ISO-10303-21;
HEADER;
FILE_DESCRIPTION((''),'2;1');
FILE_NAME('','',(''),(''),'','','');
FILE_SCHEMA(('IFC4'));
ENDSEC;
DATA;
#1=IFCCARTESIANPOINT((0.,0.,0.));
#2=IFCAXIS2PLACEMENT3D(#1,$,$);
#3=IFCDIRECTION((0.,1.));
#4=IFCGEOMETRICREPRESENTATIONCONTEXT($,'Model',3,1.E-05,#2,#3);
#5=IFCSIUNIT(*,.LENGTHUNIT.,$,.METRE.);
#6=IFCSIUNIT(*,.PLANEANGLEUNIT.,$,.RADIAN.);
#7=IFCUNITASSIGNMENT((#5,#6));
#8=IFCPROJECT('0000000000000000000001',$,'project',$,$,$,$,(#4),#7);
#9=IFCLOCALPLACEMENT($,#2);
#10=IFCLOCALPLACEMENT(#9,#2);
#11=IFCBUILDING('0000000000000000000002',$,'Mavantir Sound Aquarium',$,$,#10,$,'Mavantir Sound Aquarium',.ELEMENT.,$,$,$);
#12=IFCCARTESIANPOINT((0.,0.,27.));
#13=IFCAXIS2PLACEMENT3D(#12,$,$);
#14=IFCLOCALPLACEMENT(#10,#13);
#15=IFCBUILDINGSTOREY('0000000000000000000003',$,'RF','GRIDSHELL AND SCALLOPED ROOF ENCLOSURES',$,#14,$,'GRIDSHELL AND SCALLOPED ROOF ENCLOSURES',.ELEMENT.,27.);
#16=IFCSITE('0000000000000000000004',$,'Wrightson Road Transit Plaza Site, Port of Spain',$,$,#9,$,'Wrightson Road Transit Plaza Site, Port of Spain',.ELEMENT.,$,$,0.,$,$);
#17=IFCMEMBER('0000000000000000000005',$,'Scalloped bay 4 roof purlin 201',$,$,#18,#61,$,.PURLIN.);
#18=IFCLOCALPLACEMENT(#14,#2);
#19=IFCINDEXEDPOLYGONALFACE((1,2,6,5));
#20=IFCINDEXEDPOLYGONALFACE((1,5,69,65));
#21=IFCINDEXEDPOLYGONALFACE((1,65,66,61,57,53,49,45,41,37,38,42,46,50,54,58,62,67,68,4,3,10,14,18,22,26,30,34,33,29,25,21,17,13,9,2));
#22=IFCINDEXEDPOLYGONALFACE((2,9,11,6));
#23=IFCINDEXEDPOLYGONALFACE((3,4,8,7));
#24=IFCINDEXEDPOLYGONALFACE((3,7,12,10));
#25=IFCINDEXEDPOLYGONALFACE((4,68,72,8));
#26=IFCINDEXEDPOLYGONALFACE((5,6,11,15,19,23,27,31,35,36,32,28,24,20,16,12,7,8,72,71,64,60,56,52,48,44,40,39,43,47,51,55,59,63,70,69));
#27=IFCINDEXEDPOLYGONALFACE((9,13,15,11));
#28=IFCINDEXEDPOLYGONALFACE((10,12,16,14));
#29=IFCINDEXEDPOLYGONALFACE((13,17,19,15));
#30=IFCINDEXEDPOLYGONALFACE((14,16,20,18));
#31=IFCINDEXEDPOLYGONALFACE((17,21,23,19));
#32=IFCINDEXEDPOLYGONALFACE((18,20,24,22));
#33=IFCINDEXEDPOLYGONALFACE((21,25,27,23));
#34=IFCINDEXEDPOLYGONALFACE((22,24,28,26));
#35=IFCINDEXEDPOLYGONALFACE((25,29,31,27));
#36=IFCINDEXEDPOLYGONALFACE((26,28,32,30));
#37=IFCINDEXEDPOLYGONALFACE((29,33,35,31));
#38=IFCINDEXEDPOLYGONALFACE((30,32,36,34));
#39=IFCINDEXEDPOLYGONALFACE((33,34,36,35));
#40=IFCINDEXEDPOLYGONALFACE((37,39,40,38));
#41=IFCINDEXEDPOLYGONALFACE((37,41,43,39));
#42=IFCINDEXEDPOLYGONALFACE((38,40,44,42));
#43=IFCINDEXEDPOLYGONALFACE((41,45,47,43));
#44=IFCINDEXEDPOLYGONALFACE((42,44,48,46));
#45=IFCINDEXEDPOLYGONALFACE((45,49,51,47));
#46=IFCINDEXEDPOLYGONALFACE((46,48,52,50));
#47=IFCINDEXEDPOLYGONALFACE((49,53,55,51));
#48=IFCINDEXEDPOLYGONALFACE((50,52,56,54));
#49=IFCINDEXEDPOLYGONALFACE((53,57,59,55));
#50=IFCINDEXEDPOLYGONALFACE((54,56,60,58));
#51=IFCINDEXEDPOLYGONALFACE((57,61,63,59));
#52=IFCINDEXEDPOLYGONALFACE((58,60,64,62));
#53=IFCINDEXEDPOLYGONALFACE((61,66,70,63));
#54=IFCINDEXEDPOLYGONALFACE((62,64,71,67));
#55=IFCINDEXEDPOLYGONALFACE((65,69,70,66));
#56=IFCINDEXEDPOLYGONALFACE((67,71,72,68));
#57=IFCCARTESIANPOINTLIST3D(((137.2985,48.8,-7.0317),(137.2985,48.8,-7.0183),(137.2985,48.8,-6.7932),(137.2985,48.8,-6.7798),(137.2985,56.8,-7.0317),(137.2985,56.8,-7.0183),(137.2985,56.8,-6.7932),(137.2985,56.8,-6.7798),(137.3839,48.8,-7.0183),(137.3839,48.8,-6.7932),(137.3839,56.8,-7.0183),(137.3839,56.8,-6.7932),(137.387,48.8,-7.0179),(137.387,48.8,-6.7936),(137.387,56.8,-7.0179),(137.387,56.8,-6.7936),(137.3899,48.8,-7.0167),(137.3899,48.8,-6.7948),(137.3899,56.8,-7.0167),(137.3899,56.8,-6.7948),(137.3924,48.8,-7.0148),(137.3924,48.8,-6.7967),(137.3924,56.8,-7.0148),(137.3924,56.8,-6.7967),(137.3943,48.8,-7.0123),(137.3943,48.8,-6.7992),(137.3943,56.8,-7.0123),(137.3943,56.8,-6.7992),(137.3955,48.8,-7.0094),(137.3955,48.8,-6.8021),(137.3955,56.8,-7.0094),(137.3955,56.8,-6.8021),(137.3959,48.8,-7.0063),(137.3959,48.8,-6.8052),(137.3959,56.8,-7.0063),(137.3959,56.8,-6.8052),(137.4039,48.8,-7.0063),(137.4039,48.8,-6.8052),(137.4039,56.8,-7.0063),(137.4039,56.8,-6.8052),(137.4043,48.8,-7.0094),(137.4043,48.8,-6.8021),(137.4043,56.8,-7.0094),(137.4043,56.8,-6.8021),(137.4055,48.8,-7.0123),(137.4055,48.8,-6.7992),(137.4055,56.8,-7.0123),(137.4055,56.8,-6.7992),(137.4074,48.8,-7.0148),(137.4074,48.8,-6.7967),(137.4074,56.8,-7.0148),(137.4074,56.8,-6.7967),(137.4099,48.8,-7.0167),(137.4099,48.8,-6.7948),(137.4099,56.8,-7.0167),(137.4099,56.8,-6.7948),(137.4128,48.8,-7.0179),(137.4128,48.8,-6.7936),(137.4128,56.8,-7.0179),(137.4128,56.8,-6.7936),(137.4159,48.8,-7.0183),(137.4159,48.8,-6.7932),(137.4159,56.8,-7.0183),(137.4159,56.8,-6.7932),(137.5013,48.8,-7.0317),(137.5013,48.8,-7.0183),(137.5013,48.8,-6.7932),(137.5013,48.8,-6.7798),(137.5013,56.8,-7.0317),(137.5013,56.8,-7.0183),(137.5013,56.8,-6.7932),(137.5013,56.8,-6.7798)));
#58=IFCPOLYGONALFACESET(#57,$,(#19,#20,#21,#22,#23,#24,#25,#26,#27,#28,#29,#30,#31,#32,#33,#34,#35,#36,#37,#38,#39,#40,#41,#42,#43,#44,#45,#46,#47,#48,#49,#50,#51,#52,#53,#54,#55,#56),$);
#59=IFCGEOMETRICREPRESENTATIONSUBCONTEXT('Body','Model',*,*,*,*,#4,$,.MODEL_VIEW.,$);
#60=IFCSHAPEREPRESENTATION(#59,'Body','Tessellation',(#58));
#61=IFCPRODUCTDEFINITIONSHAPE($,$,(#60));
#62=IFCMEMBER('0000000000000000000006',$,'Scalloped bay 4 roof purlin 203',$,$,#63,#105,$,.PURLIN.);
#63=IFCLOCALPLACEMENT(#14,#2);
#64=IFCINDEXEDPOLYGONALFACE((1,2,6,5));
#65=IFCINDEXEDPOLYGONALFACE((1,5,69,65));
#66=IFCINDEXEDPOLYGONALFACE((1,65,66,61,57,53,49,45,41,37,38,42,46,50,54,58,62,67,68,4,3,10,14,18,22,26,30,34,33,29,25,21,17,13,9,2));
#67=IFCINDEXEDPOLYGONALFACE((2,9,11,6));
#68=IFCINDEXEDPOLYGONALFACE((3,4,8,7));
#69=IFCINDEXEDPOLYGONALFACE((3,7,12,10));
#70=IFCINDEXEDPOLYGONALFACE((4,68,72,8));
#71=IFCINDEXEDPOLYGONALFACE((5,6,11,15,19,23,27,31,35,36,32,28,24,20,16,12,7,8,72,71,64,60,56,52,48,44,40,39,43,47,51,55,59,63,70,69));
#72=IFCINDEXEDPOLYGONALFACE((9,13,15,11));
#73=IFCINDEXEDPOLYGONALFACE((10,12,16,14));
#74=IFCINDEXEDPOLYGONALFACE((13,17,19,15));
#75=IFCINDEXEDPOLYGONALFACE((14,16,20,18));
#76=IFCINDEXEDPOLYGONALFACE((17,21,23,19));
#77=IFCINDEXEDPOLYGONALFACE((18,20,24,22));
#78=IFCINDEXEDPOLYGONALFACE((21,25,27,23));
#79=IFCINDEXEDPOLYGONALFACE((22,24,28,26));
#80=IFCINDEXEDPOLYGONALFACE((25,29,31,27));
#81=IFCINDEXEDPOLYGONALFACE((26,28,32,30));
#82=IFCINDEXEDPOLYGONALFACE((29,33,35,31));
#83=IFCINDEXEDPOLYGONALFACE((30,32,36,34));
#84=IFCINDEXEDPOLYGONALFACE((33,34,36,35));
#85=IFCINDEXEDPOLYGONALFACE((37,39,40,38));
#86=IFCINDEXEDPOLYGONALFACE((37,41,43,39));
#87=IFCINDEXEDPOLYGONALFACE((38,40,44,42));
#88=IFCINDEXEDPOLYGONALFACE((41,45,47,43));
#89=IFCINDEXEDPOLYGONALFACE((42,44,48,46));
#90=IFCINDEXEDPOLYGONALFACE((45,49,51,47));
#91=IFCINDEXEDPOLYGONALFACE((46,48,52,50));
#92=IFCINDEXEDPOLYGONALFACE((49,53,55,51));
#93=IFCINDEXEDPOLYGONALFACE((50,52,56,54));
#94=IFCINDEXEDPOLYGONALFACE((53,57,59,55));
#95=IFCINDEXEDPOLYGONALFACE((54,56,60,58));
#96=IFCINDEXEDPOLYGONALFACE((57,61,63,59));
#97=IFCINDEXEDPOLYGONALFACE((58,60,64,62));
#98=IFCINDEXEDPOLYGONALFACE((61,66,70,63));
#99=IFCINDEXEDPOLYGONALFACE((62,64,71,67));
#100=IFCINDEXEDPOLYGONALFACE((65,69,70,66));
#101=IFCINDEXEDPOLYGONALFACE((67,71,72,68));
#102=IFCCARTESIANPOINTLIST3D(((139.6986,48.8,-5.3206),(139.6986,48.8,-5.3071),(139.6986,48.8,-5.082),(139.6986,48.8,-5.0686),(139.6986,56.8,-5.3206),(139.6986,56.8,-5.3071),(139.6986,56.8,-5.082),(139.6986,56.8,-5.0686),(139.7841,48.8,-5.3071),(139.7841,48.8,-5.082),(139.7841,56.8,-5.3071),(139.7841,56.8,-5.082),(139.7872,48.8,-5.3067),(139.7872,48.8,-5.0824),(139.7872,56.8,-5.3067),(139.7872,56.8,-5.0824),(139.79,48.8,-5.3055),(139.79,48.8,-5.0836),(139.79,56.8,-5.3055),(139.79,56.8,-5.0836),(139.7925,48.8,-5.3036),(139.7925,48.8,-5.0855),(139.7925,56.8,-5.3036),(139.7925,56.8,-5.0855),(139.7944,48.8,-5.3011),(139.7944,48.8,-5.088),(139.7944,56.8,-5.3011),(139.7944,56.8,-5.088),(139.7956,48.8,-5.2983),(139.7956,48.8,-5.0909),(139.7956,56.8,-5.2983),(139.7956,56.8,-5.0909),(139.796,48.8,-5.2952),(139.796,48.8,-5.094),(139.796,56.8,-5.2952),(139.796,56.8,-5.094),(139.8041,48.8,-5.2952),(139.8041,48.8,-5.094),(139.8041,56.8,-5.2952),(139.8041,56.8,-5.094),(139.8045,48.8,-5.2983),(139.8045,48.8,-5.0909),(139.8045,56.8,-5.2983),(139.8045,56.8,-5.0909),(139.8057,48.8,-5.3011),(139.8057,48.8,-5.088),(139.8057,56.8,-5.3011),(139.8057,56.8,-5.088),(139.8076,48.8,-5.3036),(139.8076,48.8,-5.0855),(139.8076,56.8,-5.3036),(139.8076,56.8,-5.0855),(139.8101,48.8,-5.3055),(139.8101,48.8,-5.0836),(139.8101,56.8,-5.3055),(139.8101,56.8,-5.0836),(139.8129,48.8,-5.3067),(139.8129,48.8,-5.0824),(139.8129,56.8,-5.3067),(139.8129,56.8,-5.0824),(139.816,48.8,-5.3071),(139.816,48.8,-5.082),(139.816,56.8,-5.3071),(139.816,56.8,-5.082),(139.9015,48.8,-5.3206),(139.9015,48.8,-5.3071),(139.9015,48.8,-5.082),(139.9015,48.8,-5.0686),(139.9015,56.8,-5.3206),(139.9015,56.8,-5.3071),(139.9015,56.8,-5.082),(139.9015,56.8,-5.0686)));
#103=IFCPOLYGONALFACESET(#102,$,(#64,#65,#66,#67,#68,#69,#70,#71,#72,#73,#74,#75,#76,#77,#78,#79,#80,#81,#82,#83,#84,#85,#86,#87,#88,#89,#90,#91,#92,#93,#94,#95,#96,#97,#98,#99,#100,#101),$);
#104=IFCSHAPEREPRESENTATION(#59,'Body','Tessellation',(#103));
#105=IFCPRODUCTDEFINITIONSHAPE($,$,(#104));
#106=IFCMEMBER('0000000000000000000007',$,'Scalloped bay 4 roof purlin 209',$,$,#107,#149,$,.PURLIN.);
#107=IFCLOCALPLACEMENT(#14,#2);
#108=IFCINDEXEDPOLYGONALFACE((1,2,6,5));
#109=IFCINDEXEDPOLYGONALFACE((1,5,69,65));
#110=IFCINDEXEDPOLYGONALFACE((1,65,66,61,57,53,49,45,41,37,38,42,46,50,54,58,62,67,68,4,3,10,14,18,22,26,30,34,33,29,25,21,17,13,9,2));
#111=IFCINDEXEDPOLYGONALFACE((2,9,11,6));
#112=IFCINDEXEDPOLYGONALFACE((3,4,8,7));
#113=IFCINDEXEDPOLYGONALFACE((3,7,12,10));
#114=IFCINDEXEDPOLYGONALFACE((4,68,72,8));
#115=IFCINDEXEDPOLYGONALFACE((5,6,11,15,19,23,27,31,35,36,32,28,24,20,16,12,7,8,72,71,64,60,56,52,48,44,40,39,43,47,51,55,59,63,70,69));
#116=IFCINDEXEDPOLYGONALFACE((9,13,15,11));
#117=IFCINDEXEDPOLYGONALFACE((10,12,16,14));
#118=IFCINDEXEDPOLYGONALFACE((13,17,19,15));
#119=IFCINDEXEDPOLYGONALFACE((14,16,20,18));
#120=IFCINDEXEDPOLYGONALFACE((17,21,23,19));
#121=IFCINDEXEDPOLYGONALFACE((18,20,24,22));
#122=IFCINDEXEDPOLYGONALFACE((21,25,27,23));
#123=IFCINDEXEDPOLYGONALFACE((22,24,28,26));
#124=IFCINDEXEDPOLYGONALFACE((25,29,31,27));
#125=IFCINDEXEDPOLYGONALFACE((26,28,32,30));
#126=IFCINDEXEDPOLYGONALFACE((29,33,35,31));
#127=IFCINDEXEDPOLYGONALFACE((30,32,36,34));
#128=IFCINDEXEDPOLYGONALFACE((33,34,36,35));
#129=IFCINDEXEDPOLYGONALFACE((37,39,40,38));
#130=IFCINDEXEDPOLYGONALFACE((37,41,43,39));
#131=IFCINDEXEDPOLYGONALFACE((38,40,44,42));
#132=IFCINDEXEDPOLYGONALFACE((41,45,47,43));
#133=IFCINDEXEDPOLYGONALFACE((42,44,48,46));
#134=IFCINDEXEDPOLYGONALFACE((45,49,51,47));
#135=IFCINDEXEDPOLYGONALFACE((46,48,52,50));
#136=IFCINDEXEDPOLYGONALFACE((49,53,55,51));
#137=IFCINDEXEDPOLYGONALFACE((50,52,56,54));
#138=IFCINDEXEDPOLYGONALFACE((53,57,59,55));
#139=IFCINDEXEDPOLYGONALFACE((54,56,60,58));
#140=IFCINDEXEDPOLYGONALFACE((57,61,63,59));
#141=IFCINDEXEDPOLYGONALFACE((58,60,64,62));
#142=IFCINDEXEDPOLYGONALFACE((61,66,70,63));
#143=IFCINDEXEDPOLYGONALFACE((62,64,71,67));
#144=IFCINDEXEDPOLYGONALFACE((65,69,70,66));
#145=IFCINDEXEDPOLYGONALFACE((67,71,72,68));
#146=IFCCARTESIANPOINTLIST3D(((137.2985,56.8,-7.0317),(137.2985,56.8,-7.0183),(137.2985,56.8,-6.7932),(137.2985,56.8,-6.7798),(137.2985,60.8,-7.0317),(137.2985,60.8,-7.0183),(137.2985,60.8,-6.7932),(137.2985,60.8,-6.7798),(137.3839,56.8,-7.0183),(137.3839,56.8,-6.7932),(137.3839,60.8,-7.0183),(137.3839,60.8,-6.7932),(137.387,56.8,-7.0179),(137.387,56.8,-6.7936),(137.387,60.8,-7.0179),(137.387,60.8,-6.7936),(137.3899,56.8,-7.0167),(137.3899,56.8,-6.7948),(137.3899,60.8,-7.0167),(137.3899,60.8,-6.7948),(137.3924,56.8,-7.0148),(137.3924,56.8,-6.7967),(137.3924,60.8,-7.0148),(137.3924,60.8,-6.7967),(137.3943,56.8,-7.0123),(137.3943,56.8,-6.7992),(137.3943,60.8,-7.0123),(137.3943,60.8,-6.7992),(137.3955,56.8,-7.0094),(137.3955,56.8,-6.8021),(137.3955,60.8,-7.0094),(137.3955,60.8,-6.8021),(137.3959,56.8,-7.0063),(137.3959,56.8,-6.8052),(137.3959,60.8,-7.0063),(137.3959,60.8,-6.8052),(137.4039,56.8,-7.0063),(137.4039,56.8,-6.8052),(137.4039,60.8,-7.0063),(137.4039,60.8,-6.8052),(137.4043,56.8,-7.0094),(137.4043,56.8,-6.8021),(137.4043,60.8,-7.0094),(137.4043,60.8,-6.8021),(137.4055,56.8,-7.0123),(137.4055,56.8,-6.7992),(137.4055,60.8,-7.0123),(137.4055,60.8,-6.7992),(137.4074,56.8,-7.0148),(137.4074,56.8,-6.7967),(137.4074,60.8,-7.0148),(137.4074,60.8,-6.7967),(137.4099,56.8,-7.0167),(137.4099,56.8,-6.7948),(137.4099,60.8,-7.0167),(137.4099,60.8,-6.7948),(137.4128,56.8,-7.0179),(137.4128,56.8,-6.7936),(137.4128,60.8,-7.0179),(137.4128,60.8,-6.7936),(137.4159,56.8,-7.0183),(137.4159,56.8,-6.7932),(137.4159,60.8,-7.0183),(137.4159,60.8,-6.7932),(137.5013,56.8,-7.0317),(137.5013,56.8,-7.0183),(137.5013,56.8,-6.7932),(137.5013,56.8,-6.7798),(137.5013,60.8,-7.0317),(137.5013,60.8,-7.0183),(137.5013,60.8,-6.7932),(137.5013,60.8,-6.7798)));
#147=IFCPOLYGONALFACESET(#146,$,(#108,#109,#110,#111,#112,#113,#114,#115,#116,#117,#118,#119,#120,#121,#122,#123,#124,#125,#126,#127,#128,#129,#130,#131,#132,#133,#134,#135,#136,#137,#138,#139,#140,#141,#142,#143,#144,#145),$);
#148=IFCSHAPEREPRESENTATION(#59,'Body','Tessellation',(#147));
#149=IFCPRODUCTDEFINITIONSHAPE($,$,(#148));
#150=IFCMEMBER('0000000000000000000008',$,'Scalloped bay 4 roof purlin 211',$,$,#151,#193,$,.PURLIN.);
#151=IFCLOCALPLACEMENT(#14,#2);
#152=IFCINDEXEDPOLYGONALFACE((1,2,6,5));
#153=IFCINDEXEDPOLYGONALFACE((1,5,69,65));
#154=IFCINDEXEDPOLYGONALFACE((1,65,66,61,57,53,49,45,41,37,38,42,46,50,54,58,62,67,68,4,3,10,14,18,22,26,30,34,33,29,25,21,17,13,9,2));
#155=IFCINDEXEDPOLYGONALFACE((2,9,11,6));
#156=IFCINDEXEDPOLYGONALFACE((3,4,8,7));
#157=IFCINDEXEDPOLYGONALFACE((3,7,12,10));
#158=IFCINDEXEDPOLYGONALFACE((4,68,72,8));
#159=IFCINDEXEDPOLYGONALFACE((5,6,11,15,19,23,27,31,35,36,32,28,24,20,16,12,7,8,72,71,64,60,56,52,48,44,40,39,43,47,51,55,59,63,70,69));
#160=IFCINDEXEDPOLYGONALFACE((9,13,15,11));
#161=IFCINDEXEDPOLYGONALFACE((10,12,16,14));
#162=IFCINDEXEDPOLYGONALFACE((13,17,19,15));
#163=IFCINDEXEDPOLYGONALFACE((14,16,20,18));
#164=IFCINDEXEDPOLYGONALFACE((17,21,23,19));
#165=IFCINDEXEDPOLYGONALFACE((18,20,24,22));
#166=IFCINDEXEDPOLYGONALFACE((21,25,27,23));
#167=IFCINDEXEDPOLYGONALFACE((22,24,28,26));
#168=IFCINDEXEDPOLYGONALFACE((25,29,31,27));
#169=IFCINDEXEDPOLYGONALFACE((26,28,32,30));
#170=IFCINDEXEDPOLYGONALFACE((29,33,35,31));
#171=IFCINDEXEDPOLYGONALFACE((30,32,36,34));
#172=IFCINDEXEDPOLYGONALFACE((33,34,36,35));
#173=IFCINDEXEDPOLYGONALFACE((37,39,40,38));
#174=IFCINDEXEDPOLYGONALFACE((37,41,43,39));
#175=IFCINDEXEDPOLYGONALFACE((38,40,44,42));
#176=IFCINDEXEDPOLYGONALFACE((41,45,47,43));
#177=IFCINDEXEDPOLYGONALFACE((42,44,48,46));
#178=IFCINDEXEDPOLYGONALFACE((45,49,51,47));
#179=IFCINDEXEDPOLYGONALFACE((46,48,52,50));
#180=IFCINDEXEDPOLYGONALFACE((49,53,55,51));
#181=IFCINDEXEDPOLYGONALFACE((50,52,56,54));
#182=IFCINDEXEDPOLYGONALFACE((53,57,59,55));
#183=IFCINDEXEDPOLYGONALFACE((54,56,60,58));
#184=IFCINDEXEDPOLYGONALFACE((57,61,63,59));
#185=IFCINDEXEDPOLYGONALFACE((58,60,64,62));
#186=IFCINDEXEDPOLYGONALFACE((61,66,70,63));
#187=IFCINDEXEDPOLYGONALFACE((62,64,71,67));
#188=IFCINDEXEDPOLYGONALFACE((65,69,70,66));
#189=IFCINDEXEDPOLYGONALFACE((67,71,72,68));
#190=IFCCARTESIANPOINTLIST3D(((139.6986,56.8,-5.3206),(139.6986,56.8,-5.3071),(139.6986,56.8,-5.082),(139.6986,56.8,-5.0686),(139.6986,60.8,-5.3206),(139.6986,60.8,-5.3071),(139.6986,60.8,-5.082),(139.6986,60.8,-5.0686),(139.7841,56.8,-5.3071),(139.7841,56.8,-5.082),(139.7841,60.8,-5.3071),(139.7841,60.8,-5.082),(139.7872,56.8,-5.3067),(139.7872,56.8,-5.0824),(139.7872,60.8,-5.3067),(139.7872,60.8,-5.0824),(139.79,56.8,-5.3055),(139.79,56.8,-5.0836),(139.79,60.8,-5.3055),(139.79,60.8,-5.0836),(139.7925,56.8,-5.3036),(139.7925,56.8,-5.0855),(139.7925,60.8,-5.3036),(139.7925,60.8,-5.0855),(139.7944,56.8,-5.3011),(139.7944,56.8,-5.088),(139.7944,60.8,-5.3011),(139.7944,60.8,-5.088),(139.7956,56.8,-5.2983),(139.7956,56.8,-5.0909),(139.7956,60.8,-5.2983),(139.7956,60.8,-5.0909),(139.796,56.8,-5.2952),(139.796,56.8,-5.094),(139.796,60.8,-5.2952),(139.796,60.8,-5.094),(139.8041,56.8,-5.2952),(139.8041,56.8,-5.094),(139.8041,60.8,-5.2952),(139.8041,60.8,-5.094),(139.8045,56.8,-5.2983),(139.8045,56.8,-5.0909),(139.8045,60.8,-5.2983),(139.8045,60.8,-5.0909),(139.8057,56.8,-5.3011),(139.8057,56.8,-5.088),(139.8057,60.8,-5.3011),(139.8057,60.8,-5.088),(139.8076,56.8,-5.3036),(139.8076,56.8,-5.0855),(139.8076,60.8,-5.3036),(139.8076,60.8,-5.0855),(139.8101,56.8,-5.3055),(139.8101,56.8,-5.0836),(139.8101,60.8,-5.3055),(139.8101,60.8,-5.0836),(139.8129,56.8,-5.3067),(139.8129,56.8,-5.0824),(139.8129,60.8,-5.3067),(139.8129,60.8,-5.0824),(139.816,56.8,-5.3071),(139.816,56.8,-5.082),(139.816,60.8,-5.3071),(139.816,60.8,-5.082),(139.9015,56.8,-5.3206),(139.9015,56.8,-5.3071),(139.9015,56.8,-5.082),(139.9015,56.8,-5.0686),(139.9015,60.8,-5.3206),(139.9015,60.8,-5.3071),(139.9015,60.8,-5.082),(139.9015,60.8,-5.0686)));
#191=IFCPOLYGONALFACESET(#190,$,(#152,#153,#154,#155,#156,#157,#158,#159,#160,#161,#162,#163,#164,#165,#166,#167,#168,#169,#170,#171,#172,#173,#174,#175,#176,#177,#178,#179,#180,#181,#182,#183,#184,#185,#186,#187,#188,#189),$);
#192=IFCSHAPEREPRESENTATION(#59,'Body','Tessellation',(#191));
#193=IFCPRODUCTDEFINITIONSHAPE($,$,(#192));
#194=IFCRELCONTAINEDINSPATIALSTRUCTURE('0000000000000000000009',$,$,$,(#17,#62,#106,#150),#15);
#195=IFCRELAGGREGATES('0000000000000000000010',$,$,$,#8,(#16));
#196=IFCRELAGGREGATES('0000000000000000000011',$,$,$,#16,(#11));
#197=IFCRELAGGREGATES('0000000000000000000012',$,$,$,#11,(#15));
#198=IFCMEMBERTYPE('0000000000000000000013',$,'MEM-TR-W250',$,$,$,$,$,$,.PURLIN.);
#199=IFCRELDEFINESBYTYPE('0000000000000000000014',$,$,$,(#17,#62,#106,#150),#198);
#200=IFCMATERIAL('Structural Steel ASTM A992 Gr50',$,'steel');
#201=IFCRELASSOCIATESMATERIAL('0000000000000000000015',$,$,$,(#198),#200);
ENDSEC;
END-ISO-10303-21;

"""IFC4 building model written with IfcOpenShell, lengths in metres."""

from ifc_helpers import new_model, si_unit, direction, frame, origin, origin_2d, place, context, subcontext, project, spatial, i_section, extrude, material, material_profile, profile_set, type_object, element, save


model = new_model("IFC4")

# Units and contexts
model_context = context("Model", 3, precision=1e-05, world=origin(), true_north=direction((0.0, 1.0)))
body_context = subcontext(model_context, "Body", "Model", "MODEL_VIEW")
ifc_project = project(units=[si_unit("LENGTHUNIT", "METRE"), si_unit("PLANEANGLEUNIT", "RADIAN")], contexts=[model_context])

# Site, building, storey
site_placement = place(None, origin())
site = spatial("IfcSite", under=ifc_project, at=site_placement, Name="Wrightson Road Transit Plaza Site, Port of Spain", LongName="Wrightson Road Transit Plaza Site, Port of Spain", CompositionType="ELEMENT", RefElevation=0.0)
building_placement = place(site_placement, origin())
building = spatial("IfcBuilding", under=site, at=building_placement, Name="Mavantir Sound Aquarium", LongName="Mavantir Sound Aquarium", CompositionType="ELEMENT")
storey_placement = place(building_placement, frame((0.0, 0.0, 27.0)))
storey = spatial("IfcBuildingStorey", under=building, at=storey_placement, Name="RF", Description="GRIDSHELL AND SCALLOPED ROOF ENCLOSURES", LongName="GRIDSHELL AND SCALLOPED ROOF ENCLOSURES", CompositionType="ELEMENT", Elevation=27.0)

# Shared definitions
ifc_material_1 = material(Name="Structural Steel ASTM A992 Gr50", Category="steel")

# Members
ifc_material_profile_1 = material_profile(ifc_material_1, i_section(OverallWidth=0.2029, OverallDepth=0.252, WebThickness=0.0081, FlangeThickness=0.0134, FilletRadius=0.012, at=origin_2d()), Name="W250X58")
ifc_profile_set_1 = profile_set([ifc_material_profile_1], Name="Structural Steel ASTM A992 Gr50")
member_type_1 = type_object("IfcMemberType", Name="MEM-TR-W250", PredefinedType="PURLIN", material=ifc_profile_set_1)
for number, where, z_axis, x_axis, name in (
    (1, (137.3999, 48.8, -6.9058), (0.0, 1.0, 0.0), (-1.0, 0.0, 0.0), "Scalloped bay 4 roof purlin 201"),
    (2, (139.8, 48.8, -5.1946), (0.0, 1.0, 0.0), (-1.0, 0.0, 0.0), "Scalloped bay 4 roof purlin 203"),
):
    element("IfcMember", number, at=place(storey_placement, frame(where, z_axis=z_axis, x_axis=x_axis)), inside=storey, type_object=member_type_1, Name=name, PredefinedType="PURLIN", context=body_context, shape_type="SweptSolid", body=[
        extrude(i_section(OverallWidth=0.2029, OverallDepth=0.252, WebThickness=0.0081, FlangeThickness=0.0134, FilletRadius=0.012, at=origin_2d()), origin(), (0.0, 0.0, 1.0), 8.0),
    ])
for number, where, z_axis, x_axis, name in (
    (3, (137.3999, 56.8, -6.9058), (0.0, 1.0, 0.0), (-1.0, 0.0, 0.0), "Scalloped bay 4 roof purlin 209"),
    (4, (139.8, 56.8, -5.1946), (0.0, 1.0, 0.0), (-1.0, 0.0, 0.0), "Scalloped bay 4 roof purlin 211"),
):
    element("IfcMember", number, at=place(storey_placement, frame(where, z_axis=z_axis, x_axis=x_axis)), inside=storey, type_object=member_type_1, Name=name, PredefinedType="PURLIN", context=body_context, shape_type="SweptSolid", body=[
        extrude(i_section(OverallWidth=0.2029, OverallDepth=0.252, WebThickness=0.0081, FlangeThickness=0.0134, FilletRadius=0.012, at=origin_2d()), origin(), (0.0, 0.0, 1.0), 4.0),
    ])

save(model, "model.ifc")
